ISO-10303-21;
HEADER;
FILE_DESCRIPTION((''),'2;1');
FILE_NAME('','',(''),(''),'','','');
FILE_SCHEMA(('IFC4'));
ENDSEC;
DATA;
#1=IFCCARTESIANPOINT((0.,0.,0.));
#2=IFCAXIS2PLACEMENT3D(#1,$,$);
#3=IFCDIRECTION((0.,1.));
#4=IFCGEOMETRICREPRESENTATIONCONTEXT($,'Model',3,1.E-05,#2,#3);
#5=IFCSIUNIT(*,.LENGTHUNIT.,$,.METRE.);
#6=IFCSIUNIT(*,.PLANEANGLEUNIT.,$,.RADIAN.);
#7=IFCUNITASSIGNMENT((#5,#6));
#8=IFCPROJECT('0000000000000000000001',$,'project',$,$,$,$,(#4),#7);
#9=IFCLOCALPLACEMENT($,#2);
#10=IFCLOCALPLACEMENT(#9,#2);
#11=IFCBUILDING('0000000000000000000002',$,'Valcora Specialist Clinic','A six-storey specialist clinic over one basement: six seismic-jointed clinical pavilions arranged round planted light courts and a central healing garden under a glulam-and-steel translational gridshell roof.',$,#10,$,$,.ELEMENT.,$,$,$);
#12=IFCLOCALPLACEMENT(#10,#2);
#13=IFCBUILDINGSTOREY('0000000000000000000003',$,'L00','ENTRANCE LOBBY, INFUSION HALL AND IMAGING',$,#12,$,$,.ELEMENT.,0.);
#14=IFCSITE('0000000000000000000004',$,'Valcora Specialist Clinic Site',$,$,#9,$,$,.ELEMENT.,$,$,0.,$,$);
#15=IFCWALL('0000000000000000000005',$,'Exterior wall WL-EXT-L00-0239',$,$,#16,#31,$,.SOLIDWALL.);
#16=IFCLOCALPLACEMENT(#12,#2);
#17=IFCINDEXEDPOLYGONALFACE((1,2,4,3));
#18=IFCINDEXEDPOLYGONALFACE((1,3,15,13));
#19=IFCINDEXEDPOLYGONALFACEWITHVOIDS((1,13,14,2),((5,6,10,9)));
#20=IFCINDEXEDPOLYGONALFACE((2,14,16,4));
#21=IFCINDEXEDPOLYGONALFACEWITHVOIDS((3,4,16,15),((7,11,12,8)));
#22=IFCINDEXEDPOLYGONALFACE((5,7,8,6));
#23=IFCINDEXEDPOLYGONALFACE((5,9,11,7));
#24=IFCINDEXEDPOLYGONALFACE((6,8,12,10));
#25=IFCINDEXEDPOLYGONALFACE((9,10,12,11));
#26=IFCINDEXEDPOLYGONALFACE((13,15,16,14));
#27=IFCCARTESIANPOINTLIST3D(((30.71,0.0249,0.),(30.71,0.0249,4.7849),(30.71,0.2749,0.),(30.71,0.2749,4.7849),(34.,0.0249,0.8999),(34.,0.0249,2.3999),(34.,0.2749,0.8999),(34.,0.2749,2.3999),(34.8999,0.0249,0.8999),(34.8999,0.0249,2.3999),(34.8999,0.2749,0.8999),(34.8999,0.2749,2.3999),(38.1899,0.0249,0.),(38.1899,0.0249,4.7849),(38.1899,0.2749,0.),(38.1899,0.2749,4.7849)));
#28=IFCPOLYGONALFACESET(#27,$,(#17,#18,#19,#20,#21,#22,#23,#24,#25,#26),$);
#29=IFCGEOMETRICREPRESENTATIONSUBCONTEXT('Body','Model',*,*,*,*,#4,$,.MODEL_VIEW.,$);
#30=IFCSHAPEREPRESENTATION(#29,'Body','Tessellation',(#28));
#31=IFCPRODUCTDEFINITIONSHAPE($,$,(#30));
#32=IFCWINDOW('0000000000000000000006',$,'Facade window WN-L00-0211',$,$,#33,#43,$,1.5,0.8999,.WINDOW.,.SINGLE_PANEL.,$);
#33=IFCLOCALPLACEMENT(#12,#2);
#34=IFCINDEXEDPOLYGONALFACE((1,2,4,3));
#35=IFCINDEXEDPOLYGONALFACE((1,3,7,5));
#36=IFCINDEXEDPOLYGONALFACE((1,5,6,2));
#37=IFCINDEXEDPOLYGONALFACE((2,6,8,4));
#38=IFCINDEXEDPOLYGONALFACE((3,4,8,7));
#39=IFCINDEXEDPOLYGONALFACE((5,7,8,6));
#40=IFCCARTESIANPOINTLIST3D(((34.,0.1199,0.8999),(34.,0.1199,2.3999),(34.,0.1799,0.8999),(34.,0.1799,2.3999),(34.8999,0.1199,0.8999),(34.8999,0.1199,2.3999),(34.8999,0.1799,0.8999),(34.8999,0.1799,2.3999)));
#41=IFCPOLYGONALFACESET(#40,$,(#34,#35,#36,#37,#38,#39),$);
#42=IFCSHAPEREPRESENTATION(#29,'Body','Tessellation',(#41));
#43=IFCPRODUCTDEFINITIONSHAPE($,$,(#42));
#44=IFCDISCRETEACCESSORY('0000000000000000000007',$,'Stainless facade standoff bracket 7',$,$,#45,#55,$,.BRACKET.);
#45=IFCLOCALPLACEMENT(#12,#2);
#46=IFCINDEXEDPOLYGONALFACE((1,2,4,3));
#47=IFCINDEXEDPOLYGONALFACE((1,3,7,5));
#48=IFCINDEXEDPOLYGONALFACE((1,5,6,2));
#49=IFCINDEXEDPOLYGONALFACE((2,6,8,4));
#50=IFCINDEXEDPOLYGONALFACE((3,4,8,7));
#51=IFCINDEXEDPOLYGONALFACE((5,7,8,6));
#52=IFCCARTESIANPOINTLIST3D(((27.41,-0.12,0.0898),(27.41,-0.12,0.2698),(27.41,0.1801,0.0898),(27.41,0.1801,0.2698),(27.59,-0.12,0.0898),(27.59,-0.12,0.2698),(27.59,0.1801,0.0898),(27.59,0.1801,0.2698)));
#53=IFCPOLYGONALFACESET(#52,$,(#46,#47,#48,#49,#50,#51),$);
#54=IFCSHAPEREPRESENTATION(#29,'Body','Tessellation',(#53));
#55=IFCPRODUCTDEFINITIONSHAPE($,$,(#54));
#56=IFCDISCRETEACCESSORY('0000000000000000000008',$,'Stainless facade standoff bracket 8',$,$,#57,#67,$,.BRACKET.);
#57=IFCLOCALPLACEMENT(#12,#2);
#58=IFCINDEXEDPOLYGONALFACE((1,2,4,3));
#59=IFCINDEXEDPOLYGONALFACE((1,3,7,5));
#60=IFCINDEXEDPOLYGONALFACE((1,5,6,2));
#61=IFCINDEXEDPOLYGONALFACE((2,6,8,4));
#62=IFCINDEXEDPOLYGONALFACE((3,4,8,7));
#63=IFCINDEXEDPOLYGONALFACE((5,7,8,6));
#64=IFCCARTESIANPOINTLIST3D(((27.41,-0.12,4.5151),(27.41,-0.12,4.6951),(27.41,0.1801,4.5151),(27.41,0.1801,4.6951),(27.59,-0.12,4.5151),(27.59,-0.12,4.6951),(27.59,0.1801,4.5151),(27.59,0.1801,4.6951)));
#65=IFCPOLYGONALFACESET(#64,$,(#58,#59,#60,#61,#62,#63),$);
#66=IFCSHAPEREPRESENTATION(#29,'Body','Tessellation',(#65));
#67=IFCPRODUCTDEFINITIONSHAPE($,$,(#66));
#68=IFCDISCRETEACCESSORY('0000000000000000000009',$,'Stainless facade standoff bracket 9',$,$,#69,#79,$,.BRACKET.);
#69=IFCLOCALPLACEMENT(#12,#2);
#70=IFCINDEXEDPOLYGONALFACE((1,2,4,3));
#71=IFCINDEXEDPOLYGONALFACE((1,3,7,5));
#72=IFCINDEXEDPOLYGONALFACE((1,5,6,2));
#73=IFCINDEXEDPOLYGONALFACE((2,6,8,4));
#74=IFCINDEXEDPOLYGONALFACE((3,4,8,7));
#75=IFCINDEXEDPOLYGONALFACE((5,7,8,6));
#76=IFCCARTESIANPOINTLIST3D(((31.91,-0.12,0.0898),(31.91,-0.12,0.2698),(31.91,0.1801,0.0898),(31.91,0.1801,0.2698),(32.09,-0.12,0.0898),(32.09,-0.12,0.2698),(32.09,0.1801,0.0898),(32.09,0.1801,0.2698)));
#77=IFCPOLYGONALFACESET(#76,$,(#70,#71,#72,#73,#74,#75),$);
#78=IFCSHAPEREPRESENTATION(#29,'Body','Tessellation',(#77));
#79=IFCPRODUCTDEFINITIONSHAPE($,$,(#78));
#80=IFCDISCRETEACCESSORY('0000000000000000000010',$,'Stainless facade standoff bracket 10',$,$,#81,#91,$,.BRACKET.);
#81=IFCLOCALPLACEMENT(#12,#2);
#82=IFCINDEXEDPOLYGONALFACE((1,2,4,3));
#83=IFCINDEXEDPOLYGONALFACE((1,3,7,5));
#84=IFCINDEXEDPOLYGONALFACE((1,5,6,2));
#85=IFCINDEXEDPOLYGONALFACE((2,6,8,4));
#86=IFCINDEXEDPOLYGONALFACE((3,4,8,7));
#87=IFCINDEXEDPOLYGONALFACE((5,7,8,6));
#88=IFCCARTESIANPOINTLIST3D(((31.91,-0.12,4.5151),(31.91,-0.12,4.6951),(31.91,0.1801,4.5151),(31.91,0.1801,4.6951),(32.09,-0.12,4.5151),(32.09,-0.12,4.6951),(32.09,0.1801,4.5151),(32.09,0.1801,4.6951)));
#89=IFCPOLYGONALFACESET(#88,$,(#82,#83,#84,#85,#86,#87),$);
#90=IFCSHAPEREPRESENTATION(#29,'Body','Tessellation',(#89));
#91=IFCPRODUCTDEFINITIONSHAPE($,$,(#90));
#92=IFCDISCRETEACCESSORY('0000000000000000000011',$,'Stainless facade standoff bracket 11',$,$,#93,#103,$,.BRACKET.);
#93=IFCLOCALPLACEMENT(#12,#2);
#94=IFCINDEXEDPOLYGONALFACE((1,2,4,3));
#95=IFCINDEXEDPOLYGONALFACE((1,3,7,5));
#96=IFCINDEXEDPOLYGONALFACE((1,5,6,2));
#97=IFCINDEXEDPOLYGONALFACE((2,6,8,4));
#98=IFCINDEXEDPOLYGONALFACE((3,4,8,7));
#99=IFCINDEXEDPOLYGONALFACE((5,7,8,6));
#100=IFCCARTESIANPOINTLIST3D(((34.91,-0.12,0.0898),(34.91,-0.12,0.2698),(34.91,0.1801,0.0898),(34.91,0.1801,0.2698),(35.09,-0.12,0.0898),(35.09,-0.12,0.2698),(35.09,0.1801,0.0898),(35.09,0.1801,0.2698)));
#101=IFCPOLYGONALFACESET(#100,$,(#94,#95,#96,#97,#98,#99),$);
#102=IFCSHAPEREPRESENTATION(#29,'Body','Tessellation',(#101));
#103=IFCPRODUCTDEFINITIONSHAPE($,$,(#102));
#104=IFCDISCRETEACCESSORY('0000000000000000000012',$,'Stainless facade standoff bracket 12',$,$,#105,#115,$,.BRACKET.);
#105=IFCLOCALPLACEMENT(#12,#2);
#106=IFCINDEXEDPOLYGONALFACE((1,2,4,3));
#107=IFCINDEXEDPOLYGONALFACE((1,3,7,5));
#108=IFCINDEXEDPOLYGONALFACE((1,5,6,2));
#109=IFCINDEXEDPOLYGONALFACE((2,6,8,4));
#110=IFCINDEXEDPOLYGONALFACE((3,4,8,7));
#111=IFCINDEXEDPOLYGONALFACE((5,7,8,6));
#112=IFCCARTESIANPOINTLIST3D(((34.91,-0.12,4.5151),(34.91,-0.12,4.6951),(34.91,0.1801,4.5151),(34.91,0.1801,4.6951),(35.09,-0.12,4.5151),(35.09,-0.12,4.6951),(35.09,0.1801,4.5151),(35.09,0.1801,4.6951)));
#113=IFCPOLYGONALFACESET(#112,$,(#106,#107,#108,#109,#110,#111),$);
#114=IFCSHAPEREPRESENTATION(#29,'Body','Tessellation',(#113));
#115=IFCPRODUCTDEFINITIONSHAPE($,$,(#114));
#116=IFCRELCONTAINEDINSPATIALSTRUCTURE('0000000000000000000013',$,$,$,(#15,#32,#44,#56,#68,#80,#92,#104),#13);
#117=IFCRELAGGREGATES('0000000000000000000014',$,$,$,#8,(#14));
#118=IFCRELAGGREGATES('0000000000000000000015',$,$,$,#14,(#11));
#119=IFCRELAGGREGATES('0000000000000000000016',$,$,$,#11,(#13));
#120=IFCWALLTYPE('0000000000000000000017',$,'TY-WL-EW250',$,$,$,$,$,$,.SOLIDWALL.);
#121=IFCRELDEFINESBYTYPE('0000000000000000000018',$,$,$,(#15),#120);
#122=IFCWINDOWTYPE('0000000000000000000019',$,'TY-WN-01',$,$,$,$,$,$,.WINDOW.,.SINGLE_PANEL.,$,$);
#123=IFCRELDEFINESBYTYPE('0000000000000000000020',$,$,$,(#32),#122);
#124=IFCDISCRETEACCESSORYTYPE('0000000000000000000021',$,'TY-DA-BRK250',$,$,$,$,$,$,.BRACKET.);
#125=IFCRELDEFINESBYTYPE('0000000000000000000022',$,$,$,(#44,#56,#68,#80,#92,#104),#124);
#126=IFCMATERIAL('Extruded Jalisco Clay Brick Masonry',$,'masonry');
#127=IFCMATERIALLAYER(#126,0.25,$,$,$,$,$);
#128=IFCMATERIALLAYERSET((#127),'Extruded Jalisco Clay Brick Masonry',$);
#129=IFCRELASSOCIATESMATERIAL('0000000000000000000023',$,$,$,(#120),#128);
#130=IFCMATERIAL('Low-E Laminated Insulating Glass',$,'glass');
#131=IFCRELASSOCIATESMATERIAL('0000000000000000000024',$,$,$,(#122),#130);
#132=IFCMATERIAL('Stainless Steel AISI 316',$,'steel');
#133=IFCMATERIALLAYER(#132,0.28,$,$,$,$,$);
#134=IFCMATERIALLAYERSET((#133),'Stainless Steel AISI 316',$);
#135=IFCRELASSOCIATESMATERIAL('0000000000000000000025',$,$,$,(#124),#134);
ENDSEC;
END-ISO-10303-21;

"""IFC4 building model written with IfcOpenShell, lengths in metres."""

from ifc_helpers import new_model, si_unit, direction, frame, frame_2d, origin, origin_2d, place, context, subcontext, project, spatial, rectangle, extrude, material, layer, layer_set, type_object, element, fill, save


model = new_model("IFC4")

# Units and contexts
model_context = context("Model", 3, precision=1e-05, world=origin(), true_north=direction((0.0, 1.0)))
body_context = subcontext(model_context, "Body", "Model", "MODEL_VIEW")
ifc_project = project(units=[si_unit("LENGTHUNIT", "METRE"), si_unit("PLANEANGLEUNIT", "RADIAN")], contexts=[model_context])

# Site, building, storey
site_placement = place(None, origin())
site = spatial("IfcSite", under=ifc_project, at=site_placement, Name="Valcora Specialist Clinic Site", CompositionType="ELEMENT", RefElevation=0.0)
building_placement = place(site_placement, origin())
building = spatial("IfcBuilding", under=site, at=building_placement, Name="Valcora Specialist Clinic", Description="A six-storey specialist clinic over one basement: six seismic-jointed clinical pavilions arranged round planted light courts and a central healing garden under a glulam-and-steel translational gridshell roof.", CompositionType="ELEMENT")
storey_placement = place(building_placement, origin())
storey = spatial("IfcBuildingStorey", under=building, at=storey_placement, Name="L00", Description="ENTRANCE LOBBY, INFUSION HALL AND IMAGING", CompositionType="ELEMENT", Elevation=0.0)

# Wall, opening, window
ifc_material_1 = material(Name="Extruded Jalisco Clay Brick Masonry", Category="masonry")
ifc_material_2 = material(Name="Low-E Laminated Insulating Glass", Category="glass")
ifc_layer_1 = layer(ifc_material_1, 0.25)
ifc_layer_set_1 = layer_set([ifc_layer_1], Name="Extruded Jalisco Clay Brick Masonry")
wall_type_1 = type_object("IfcWallType", Name="TY-WL-EW250", PredefinedType="SOLIDWALL", material=ifc_layer_set_1)
wall_1_placement = place(storey_placement, frame((38.1899, 0.1499, 0.0), z_axis=(0.0, 0.0, 1.0), x_axis=(-1.0, 0.0, 0.0)))
wall_1 = element("IfcWall", 1, at=wall_1_placement, inside=storey, type_object=wall_type_1, Name="Exterior wall WL-EXT-L00-0239", PredefinedType="SOLIDWALL", context=body_context, shape_type="SweptSolid", body=[
    extrude(rectangle(XDim=7.48, YDim=0.25, at=frame_2d((3.74, 0.0))), origin(), (0.0, 0.0, 1.0), 4.7849),
])
opening_1_placement = place(wall_1_placement, frame((3.29, 0.0, 0.8999)))
opening_1 = element("IfcOpeningElement", 2, at=opening_1_placement, cuts=wall_1, PredefinedType="OPENING", context=body_context, shape_type="SweptSolid", body=[
    extrude(rectangle(XDim=0.8999, YDim=1.5, at=frame_2d((0.45, 0.75))), frame((0.0, 0.135, 0.0), z_axis=(0.0, -1.0, 0.0), x_axis=(1.0, 0.0, 0.0)), (0.0, 0.0, 1.0), 0.27),
])
window_type_1 = type_object("IfcWindowType", Name="TY-WN-01", PartitioningType="SINGLE_PANEL", PredefinedType="WINDOW", material=ifc_material_2)
window_1_placement = place(opening_1_placement, origin())
window_1 = element("IfcWindow", 3, at=window_1_placement, inside=storey, type_object=window_type_1, Name="Facade window WN-L00-0211", OverallHeight=1.5, OverallWidth=0.8999, PartitioningType="SINGLE_PANEL", PredefinedType="WINDOW", context=body_context, shape_type="SweptSolid", body=[
    extrude(rectangle(XDim=0.8999, YDim=1.5, at=frame_2d((0.45, 0.75))), frame((0.0, 0.03, 0.0), z_axis=(0.0, -1.0, 0.0), x_axis=(1.0, 0.0, 0.0)), (0.0, 0.0, 1.0), 0.0601),
])
fill(opening_1, window_1)

# Discrete accessories
ifc_material_3 = material(Name="Stainless Steel AISI 316", Category="steel")
ifc_layer_2 = layer(ifc_material_3, 0.28)
ifc_layer_set_2 = layer_set([ifc_layer_2], Name="Stainless Steel AISI 316")
discrete_accessory_type = type_object("IfcDiscreteAccessoryType", Name="TY-DA-BRK250", PredefinedType="BRACKET", material=ifc_layer_set_2)
for number, where, z_axis, x_axis, name in (
    (4, (27.5, 0.03, 0.0898), (0.0, 0.0, 1.0), (1.0, 0.0, 0.0), "Stainless facade standoff bracket 7"),
    (5, (27.5, 0.03, 4.5151), (0.0, 0.0, 1.0), (1.0, 0.0, 0.0), "Stainless facade standoff bracket 8"),
    (6, (32.0, 0.03, 0.0898), (0.0, 0.0, 1.0), (1.0, 0.0, 0.0), "Stainless facade standoff bracket 9"),
    (7, (32.0, 0.03, 4.5151), (0.0, 0.0, 1.0), (1.0, 0.0, 0.0), "Stainless facade standoff bracket 10"),
    (8, (35.0, 0.03, 0.0898), (0.0, 0.0, 1.0), (1.0, 0.0, 0.0), "Stainless facade standoff bracket 11"),
    (9, (35.0, 0.03, 4.5151), (0.0, 0.0, 1.0), (1.0, 0.0, 0.0), "Stainless facade standoff bracket 12"),
):
    element("IfcDiscreteAccessory", number, at=place(storey_placement, frame(where, z_axis=z_axis, x_axis=x_axis)), inside=storey, type_object=discrete_accessory_type, Name=name, PredefinedType="BRACKET", context=body_context, shape_type="SweptSolid", body=[
        extrude(rectangle(XDim=0.1799, YDim=0.3, at=origin_2d()), origin(), (0.0, 0.0, 1.0), 0.1799),
    ])

save(model, "model.ifc")
